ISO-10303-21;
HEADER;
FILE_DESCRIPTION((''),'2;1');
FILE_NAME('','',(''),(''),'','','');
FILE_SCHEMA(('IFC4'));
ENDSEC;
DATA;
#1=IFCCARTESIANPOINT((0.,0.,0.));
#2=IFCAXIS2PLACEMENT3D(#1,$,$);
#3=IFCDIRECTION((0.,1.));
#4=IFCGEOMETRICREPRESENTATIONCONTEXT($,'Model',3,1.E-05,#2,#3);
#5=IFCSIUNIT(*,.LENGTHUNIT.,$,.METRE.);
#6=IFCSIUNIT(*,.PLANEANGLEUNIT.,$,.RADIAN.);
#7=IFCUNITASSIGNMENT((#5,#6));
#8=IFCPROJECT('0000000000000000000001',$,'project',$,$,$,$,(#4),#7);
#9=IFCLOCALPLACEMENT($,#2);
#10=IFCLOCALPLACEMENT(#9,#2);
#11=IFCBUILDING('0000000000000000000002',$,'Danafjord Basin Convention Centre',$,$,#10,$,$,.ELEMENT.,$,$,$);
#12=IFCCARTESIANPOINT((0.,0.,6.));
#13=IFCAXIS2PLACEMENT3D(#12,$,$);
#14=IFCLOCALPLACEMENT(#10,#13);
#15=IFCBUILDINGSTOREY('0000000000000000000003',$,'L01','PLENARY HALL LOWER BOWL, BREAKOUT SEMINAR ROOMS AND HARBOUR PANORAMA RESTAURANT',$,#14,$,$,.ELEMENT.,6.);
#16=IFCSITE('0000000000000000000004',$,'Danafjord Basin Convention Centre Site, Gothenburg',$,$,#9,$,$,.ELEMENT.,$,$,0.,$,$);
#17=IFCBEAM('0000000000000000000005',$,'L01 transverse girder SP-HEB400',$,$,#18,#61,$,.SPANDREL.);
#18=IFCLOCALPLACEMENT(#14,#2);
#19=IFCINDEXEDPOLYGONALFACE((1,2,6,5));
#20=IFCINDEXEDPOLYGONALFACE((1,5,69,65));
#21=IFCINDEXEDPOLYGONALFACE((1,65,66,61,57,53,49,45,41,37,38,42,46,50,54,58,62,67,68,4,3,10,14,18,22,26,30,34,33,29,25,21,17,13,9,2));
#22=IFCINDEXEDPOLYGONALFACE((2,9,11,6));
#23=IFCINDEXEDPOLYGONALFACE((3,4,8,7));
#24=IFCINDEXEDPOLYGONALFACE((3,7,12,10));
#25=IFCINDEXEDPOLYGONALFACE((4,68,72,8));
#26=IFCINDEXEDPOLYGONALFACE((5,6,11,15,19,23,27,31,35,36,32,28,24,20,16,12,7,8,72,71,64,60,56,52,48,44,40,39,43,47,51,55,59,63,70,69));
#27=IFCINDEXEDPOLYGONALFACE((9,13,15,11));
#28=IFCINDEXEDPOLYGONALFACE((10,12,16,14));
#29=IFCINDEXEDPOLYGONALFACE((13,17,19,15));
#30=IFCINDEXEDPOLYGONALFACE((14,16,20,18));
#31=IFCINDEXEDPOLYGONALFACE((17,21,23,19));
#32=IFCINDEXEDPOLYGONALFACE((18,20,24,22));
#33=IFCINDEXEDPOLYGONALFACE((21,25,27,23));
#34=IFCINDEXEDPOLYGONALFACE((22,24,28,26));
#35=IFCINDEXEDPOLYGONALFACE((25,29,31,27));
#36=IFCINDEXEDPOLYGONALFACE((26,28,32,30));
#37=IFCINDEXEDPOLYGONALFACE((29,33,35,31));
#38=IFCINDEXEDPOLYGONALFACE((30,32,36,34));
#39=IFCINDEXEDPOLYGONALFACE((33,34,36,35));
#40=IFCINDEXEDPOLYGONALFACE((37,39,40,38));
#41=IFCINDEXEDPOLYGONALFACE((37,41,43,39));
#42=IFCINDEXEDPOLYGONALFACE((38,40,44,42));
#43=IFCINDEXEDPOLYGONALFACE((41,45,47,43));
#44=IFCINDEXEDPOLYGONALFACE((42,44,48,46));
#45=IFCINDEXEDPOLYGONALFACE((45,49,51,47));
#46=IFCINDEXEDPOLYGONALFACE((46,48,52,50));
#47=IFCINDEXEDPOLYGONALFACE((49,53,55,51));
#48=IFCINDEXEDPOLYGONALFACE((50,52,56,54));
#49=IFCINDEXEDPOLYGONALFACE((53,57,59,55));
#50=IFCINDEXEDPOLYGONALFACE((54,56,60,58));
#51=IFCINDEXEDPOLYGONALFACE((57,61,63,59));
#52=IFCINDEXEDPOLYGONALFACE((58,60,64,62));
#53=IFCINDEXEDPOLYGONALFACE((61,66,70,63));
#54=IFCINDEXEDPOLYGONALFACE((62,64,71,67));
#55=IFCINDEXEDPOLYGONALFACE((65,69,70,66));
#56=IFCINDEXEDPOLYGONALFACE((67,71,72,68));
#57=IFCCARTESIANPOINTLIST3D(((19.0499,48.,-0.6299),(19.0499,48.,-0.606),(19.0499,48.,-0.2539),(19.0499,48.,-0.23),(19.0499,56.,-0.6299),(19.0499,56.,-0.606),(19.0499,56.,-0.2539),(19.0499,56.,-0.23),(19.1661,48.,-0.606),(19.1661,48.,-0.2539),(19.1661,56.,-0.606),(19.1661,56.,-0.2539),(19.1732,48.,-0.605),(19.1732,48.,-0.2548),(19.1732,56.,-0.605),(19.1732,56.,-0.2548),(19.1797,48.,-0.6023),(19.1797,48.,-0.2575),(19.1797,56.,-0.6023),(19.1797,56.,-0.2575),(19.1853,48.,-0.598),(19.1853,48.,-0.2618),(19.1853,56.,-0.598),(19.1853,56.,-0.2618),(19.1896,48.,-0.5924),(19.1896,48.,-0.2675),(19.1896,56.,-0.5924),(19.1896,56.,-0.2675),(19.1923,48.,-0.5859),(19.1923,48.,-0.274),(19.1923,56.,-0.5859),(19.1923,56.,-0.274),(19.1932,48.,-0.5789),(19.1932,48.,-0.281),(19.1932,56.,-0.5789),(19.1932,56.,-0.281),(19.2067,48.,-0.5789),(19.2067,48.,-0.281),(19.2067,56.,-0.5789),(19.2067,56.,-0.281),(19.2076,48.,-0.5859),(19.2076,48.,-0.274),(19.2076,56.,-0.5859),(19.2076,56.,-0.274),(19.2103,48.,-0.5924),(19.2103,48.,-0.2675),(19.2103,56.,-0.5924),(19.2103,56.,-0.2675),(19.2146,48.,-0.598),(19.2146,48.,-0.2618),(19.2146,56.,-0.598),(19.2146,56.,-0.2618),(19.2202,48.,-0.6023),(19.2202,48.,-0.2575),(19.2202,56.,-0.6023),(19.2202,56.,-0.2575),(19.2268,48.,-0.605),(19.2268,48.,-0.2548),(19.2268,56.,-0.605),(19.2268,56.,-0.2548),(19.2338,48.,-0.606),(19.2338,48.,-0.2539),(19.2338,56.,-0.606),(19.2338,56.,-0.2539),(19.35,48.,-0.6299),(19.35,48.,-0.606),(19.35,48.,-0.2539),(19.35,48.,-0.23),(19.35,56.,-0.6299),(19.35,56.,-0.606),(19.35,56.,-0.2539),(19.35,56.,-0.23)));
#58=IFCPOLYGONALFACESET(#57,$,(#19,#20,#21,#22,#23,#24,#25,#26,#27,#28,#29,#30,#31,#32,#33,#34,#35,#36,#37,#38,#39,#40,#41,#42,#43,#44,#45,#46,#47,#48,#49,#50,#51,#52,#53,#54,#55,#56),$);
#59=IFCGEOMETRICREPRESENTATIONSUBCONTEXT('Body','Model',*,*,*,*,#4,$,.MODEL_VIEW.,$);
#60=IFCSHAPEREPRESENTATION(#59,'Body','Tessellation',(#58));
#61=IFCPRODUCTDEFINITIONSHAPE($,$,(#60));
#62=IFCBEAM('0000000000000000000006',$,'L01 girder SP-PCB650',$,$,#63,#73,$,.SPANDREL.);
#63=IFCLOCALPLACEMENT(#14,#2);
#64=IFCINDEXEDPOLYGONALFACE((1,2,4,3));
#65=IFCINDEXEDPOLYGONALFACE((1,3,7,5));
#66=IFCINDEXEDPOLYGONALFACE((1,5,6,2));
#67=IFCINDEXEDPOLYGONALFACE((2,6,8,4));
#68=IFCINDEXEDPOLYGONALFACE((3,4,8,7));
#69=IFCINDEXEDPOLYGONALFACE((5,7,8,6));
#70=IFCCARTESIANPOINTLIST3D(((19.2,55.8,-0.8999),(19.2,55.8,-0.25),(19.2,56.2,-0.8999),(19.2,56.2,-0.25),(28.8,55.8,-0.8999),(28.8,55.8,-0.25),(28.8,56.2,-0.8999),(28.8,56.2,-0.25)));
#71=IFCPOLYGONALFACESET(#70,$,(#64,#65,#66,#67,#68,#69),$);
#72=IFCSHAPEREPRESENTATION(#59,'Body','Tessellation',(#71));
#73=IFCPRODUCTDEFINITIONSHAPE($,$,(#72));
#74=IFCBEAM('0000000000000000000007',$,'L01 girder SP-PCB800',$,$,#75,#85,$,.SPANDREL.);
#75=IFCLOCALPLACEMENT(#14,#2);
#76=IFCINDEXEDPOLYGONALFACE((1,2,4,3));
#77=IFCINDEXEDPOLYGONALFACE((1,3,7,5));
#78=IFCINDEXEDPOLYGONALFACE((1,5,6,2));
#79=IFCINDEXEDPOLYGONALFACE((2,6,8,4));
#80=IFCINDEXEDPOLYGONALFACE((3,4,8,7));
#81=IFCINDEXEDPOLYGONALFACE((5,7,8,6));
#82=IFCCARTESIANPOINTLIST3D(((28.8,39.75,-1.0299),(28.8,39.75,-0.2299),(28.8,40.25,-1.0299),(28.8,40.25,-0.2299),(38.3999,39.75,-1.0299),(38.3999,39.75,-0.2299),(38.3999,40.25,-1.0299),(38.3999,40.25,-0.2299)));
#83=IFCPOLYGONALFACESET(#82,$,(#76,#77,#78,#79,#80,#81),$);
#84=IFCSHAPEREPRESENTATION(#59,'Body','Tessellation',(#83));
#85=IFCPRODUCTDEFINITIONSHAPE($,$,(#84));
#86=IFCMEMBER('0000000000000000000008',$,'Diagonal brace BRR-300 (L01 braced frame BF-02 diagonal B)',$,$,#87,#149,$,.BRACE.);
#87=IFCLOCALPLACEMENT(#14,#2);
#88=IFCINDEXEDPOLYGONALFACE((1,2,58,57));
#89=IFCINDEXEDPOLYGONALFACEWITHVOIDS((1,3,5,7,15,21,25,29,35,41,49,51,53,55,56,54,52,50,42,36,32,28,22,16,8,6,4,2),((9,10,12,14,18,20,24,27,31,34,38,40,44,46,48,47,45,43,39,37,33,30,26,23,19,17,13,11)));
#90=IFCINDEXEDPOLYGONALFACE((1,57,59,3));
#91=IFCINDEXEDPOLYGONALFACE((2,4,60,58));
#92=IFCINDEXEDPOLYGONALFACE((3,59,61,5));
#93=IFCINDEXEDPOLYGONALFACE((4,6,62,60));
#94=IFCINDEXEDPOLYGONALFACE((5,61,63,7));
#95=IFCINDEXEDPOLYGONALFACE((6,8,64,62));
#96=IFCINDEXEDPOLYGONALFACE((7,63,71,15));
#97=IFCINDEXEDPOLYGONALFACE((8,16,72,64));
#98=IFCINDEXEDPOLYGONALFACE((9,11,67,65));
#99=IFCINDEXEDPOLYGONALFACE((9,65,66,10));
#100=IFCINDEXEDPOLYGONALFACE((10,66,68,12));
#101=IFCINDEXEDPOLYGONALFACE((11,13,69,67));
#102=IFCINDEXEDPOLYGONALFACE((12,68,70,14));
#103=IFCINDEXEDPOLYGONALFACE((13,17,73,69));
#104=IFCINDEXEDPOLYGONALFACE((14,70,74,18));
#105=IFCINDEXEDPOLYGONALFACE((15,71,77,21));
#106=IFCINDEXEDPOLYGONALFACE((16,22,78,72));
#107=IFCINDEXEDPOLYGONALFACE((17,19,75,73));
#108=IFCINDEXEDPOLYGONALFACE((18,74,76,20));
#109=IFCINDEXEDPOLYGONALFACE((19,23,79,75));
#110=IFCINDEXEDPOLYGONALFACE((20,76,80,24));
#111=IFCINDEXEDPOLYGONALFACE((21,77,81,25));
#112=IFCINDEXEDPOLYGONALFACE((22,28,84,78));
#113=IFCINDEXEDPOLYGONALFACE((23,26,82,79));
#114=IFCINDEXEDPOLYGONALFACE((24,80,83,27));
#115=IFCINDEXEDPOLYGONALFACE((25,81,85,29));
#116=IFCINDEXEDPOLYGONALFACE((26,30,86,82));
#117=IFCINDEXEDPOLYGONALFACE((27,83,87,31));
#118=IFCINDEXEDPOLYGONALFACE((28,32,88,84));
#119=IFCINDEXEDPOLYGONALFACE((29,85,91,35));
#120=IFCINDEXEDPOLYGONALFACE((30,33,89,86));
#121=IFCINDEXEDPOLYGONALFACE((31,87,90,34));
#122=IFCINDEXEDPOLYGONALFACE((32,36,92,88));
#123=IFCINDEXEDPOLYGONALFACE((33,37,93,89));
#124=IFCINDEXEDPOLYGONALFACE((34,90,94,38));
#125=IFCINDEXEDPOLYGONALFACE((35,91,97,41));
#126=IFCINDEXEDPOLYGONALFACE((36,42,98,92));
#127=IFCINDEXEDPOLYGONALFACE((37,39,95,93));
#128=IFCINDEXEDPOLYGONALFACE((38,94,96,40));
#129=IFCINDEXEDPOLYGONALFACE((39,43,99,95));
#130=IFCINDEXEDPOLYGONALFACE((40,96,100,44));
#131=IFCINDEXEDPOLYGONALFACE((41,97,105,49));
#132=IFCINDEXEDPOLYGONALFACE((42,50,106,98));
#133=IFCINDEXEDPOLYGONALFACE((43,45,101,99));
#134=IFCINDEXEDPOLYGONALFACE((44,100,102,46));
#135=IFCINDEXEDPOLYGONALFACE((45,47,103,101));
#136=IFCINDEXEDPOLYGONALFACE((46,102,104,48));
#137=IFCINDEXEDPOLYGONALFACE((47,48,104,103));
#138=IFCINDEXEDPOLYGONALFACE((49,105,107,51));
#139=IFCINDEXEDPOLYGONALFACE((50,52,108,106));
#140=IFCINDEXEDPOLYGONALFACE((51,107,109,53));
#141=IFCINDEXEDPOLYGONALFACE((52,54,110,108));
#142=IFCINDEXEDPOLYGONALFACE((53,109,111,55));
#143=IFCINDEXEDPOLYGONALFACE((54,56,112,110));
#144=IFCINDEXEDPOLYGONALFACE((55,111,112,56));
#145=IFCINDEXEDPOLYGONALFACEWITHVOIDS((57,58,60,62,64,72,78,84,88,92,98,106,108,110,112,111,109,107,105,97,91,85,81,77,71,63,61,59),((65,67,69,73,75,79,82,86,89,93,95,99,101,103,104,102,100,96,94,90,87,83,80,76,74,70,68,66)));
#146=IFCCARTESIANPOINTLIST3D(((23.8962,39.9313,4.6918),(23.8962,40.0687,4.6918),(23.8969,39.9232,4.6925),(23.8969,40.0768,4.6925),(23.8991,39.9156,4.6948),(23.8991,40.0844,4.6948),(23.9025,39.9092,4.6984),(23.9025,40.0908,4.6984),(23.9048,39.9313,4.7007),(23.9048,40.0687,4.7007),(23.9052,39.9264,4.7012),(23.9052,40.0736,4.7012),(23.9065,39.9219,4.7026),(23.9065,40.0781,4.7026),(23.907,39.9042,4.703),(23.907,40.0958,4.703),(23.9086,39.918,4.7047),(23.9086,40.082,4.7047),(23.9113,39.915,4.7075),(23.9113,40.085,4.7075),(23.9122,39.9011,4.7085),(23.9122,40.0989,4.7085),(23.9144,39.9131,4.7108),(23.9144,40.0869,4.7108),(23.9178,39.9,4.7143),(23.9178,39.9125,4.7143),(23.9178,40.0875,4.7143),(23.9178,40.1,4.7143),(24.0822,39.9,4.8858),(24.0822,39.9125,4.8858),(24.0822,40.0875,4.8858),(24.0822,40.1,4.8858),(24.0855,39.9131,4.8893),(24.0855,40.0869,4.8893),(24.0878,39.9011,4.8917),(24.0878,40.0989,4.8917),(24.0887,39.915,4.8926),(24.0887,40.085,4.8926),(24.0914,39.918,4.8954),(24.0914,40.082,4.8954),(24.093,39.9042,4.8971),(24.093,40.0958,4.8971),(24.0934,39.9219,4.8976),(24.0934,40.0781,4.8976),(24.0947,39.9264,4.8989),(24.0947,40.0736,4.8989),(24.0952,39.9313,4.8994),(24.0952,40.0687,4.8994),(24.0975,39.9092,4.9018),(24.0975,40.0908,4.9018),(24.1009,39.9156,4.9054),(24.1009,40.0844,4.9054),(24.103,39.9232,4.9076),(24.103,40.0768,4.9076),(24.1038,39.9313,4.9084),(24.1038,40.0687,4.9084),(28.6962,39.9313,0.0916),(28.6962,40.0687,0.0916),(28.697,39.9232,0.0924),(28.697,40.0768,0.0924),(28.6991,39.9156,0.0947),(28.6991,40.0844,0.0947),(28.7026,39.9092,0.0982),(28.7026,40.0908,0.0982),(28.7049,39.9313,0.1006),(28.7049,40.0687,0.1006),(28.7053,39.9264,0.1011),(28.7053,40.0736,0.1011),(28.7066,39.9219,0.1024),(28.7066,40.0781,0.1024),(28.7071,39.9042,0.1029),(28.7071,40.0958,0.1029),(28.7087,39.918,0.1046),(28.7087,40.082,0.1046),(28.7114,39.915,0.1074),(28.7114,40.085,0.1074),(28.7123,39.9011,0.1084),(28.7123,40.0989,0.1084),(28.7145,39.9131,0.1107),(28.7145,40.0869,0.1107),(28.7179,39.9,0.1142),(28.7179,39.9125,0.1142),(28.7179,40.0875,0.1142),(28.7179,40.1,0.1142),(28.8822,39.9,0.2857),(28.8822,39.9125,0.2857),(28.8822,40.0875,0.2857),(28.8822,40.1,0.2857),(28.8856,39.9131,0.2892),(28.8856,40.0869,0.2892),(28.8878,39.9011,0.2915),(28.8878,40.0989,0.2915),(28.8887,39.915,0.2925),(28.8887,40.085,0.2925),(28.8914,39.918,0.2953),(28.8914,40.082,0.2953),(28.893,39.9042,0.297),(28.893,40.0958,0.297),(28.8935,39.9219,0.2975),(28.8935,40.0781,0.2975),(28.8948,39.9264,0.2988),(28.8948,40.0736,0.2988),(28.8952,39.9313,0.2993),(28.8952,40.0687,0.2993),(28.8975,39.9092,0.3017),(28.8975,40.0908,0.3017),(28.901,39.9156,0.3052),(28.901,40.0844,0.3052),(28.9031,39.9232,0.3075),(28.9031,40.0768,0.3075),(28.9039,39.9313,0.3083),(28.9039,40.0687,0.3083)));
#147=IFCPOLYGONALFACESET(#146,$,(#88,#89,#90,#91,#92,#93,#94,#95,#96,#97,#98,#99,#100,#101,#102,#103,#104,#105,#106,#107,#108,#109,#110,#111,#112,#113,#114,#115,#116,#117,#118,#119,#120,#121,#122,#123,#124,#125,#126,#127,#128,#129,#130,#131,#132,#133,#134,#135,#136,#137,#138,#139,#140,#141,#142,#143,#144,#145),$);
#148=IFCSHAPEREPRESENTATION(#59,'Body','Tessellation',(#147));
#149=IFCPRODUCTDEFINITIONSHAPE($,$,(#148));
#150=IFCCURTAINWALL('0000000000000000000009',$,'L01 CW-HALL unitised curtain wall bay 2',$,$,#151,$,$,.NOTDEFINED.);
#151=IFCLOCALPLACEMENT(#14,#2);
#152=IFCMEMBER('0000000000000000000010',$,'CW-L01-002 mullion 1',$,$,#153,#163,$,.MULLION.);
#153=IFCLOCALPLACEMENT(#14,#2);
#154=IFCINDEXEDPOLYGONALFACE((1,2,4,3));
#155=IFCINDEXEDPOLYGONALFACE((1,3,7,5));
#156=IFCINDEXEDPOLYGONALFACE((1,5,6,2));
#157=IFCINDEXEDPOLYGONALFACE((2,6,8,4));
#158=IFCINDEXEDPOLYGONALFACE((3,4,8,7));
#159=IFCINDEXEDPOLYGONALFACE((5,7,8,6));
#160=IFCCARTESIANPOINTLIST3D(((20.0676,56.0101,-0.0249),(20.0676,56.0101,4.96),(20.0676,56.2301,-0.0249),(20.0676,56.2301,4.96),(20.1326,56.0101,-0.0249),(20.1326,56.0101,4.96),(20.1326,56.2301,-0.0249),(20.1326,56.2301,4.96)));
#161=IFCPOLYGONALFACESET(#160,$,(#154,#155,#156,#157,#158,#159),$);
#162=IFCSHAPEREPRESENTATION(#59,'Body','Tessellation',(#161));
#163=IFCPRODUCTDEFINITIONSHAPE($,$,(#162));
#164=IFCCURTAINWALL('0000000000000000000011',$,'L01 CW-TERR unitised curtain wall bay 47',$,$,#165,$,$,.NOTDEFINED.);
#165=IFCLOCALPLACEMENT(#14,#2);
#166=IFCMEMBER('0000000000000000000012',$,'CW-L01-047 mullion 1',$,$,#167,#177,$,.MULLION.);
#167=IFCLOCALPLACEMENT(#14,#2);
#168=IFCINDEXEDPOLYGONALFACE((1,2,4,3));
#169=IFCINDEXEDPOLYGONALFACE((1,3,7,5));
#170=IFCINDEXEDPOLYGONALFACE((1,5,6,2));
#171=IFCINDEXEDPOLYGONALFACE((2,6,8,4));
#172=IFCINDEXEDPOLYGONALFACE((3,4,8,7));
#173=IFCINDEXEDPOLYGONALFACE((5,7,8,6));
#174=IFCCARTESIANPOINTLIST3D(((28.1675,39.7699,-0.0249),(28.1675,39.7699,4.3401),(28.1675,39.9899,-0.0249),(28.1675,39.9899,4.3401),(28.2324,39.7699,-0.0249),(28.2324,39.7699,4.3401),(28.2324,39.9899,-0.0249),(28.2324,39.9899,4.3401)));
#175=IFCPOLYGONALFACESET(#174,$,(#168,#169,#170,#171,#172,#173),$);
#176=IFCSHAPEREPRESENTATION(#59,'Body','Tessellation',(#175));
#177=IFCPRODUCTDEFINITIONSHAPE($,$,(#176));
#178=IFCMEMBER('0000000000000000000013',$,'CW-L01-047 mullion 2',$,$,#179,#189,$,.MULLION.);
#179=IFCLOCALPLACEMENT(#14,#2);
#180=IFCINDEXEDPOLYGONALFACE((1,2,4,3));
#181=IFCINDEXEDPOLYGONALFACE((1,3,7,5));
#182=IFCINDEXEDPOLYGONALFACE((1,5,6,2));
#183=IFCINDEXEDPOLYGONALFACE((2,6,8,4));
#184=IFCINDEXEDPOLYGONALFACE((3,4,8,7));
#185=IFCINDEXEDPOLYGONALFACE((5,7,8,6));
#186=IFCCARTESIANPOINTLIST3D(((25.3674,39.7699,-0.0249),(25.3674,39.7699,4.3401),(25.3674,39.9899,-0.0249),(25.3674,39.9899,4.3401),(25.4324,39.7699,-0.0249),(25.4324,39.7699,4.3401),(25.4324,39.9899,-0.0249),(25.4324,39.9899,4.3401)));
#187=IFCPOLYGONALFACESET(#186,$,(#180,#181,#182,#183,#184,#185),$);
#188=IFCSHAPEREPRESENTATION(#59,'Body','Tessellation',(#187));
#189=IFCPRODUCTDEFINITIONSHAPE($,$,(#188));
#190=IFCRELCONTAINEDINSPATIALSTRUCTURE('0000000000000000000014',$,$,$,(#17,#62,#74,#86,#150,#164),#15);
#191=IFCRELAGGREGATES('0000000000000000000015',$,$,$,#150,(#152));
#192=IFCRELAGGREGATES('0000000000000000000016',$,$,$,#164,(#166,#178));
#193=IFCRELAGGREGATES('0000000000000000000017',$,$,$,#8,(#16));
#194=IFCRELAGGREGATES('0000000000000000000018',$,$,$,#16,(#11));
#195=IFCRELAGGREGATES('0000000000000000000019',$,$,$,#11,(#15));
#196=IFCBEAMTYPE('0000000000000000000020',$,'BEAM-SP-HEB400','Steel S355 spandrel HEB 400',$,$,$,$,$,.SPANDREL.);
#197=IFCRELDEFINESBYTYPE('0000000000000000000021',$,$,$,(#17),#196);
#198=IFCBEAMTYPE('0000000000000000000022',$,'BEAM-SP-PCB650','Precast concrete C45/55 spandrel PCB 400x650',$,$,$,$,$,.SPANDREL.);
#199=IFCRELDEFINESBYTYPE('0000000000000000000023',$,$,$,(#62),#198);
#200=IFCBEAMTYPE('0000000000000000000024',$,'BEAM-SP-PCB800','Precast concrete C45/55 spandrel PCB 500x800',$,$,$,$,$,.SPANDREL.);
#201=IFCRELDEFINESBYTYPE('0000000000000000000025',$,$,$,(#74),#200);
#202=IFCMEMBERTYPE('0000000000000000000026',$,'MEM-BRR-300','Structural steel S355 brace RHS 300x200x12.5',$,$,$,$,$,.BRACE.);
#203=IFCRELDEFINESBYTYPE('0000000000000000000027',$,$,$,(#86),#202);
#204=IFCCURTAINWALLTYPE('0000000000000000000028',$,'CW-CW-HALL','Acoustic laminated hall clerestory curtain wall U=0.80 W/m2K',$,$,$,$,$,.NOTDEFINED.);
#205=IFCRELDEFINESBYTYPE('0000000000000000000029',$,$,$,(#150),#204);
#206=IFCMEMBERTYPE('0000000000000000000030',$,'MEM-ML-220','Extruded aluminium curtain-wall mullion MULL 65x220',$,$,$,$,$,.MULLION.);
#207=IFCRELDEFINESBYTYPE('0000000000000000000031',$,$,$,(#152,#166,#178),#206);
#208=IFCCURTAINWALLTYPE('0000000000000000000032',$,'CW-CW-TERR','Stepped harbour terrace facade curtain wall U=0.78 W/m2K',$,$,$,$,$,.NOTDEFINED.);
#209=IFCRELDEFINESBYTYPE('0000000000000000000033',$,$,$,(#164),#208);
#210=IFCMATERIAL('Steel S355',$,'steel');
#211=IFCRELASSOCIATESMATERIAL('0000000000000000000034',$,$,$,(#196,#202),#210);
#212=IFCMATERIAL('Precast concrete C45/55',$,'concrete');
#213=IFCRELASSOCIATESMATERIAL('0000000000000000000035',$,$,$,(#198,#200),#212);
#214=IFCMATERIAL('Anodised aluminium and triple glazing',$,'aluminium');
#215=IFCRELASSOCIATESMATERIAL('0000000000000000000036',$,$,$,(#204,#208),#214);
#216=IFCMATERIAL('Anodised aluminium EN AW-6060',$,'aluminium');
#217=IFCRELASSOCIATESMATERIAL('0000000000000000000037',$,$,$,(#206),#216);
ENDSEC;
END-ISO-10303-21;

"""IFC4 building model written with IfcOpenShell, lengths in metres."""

from ifc_helpers import new_model, si_unit, direction, frame, origin, origin_2d, place, context, subcontext, project, spatial, rectangle, hollow_rectangle, i_section, extrude, material, material_profile, profile_set, type_object, element, aggregate, save


model = new_model("IFC4")

# Units and contexts
model_context = context("Model", 3, precision=1e-05, world=origin(), true_north=direction((0.0, 1.0)))
body_context = subcontext(model_context, "Body", "Model", "MODEL_VIEW")
ifc_project = project(units=[si_unit("LENGTHUNIT", "METRE"), si_unit("PLANEANGLEUNIT", "RADIAN")], contexts=[model_context])

# Site, building, storey
site_placement = place(None, origin())
site = spatial("IfcSite", under=ifc_project, at=site_placement, Name="Danafjord Basin Convention Centre Site, Gothenburg", CompositionType="ELEMENT", RefElevation=0.0)
building_placement = place(site_placement, origin())
building = spatial("IfcBuilding", under=site, at=building_placement, Name="Danafjord Basin Convention Centre", CompositionType="ELEMENT")
storey_placement = place(building_placement, frame((0.0, 0.0, 6.0)))
storey = spatial("IfcBuildingStorey", under=building, at=storey_placement, Name="L01", Description="PLENARY HALL LOWER BOWL, BREAKOUT SEMINAR ROOMS AND HARBOUR PANORAMA RESTAURANT", CompositionType="ELEMENT", Elevation=6.0)

# Shared definitions
ifc_material_1 = material(Name="Steel S355", Category="steel")

# Beams
ifc_material_profile_1 = material_profile(ifc_material_1, i_section(OverallWidth=0.3, OverallDepth=0.3999, WebThickness=0.0134, FlangeThickness=0.0239, FilletRadius=0.0271, at=origin_2d()), Name="HEB 400")
ifc_profile_set_1 = profile_set([ifc_material_profile_1], Name="Steel S355")
beam_type_1 = type_object("IfcBeamType", Name="BEAM-SP-HEB400", Description="Steel S355 spandrel HEB 400", PredefinedType="SPANDREL", material=ifc_profile_set_1)
beam_1_placement = place(storey_placement, frame((19.2, 48.0, -0.4299), z_axis=(0.0, 1.0, 0.0), x_axis=(-1.0, 0.0, 0.0)))
element("IfcBeam", 1, at=beam_1_placement, inside=storey, type_object=beam_type_1, Name="L01 transverse girder SP-HEB400", PredefinedType="SPANDREL", context=body_context, shape_type="SweptSolid", body=[
    extrude(i_section(OverallWidth=0.3, OverallDepth=0.3999, WebThickness=0.0134, FlangeThickness=0.0239, FilletRadius=0.0271, at=origin_2d()), origin(), (0.0, 0.0, 1.0), 8.0),
])
ifc_material_2 = material(Name="Precast concrete C45/55", Category="concrete")
ifc_material_profile_2 = material_profile(ifc_material_2, rectangle(XDim=0.3999, YDim=0.6499, at=origin_2d()), Name="PCB 400x650")
ifc_profile_set_2 = profile_set([ifc_material_profile_2], Name="Precast concrete C45/55")
beam_type_2 = type_object("IfcBeamType", Name="BEAM-SP-PCB650", Description="Precast concrete C45/55 spandrel PCB 400x650", PredefinedType="SPANDREL", material=ifc_profile_set_2)
beam_2_placement = place(storey_placement, frame((19.2, 56.0, -0.575), z_axis=(1.0, 0.0, 0.0), x_axis=(0.0, 1.0, 0.0)))
element("IfcBeam", 2, at=beam_2_placement, inside=storey, type_object=beam_type_2, Name="L01 girder SP-PCB650", PredefinedType="SPANDREL", context=body_context, shape_type="SweptSolid", body=[
    extrude(rectangle(XDim=0.3999, YDim=0.6499, at=origin_2d()), origin(), (0.0, 0.0, 1.0), 9.6001),
])
ifc_material_profile_3 = material_profile(ifc_material_2, rectangle(XDim=0.5, YDim=0.8, at=origin_2d()), Name="PCB 500x800")
ifc_profile_set_3 = profile_set([ifc_material_profile_3], Name="Precast concrete C45/55")
beam_type_3 = type_object("IfcBeamType", Name="BEAM-SP-PCB800", Description="Precast concrete C45/55 spandrel PCB 500x800", PredefinedType="SPANDREL", material=ifc_profile_set_3)
beam_3_placement = place(storey_placement, frame((28.8, 40.0, -0.6299), z_axis=(1.0, 0.0, 0.0), x_axis=(0.0, 1.0, 0.0)))
element("IfcBeam", 3, at=beam_3_placement, inside=storey, type_object=beam_type_3, Name="L01 girder SP-PCB800", PredefinedType="SPANDREL", context=body_context, shape_type="SweptSolid", body=[
    extrude(rectangle(XDim=0.5, YDim=0.8, at=origin_2d()), origin(), (0.0, 0.0, 1.0), 9.5999),
])

# Member
ifc_material_profile_4 = material_profile(ifc_material_1, hollow_rectangle(XDim=0.2, YDim=0.3, WallThickness=0.0125, InnerFilletRadius=0.0188, OuterFilletRadius=0.0312, at=origin_2d()), Name="RHS 300x200x12.5")
ifc_profile_set_4 = profile_set([ifc_material_profile_4], Name="Steel S355")
member_type_1 = type_object("IfcMemberType", Name="MEM-BRR-300", Description="Structural steel S355 brace RHS 300x200x12.5", PredefinedType="BRACE", material=ifc_profile_set_4)
member_1_placement = place(storey_placement, frame((28.8, 40.0, 0.2), z_axis=(-0.721984, 0.0, 0.691909), x_axis=(0.0, -1.0, 0.0)))
element("IfcMember", 4, at=member_1_placement, inside=storey, type_object=member_type_1, Name="Diagonal brace BRR-300 (L01 braced frame BF-02 diagonal B)", PredefinedType="BRACE", context=body_context, shape_type="SweptSolid", body=[
    extrude(hollow_rectangle(XDim=0.2, YDim=0.3, WallThickness=0.0125, InnerFilletRadius=0.0188, OuterFilletRadius=0.0312, at=origin_2d()), origin(), (0.0, 0.0, 1.0), 6.6484),
])

# Curtain wall, member
ifc_material_3 = material(Name="Anodised aluminium and triple glazing", Category="aluminium")
curtain_wall_type_1 = type_object("IfcCurtainWallType", Name="CW-CW-HALL", Description="Acoustic laminated hall clerestory curtain wall U=0.80 W/m2K", PredefinedType="NOTDEFINED", material=ifc_material_3)
curtain_wall_1_placement = place(storey_placement, origin())
curtain_wall_1 = element("IfcCurtainWall", 5, at=curtain_wall_1_placement, inside=storey, type_object=curtain_wall_type_1, Name="L01 CW-HALL unitised curtain wall bay 2", PredefinedType="NOTDEFINED")
ifc_material_4 = material(Name="Anodised aluminium EN AW-6060", Category="aluminium")
ifc_material_profile_5 = material_profile(ifc_material_4, rectangle(XDim=0.0649, YDim=0.22, at=origin_2d()), Name="MULL 65x220")
ifc_profile_set_5 = profile_set([ifc_material_profile_5], Name="Anodised aluminium EN AW-6060")
member_type_2 = type_object("IfcMemberType", Name="MEM-ML-220", Description="Extruded aluminium curtain-wall mullion MULL 65x220", PredefinedType="MULLION", material=ifc_profile_set_5)
member_2_placement = place(storey_placement, frame((20.1001, 56.1201, -0.0249), z_axis=(0.0, 0.0, 1.0), x_axis=(1.0, 0.0, 0.0)))
member_2 = element("IfcMember", 6, at=member_2_placement, type_object=member_type_2, Name="CW-L01-002 mullion 1", PredefinedType="MULLION", context=body_context, shape_type="SweptSolid", body=[
    extrude(rectangle(XDim=0.0649, YDim=0.22, at=origin_2d()), origin(), (0.0, 0.0, 1.0), 4.9849),
])

# Curtain wall, members
curtain_wall_type_2 = type_object("IfcCurtainWallType", Name="CW-CW-TERR", Description="Stepped harbour terrace facade curtain wall U=0.78 W/m2K", PredefinedType="NOTDEFINED", material=ifc_material_3)
curtain_wall_2_placement = place(storey_placement, origin())
curtain_wall_2 = element("IfcCurtainWall", 7, at=curtain_wall_2_placement, inside=storey, type_object=curtain_wall_type_2, Name="L01 CW-TERR unitised curtain wall bay 47", PredefinedType="NOTDEFINED")
member_3_placement = place(storey_placement, frame((28.2, 39.8799, -0.0249), z_axis=(0.0, 0.0, 1.0), x_axis=(-1.0, 0.0, 0.0)))
member_3 = element("IfcMember", 8, at=member_3_placement, type_object=member_type_2, Name="CW-L01-047 mullion 1", PredefinedType="MULLION", context=body_context, shape_type="SweptSolid", body=[
    extrude(rectangle(XDim=0.0649, YDim=0.22, at=origin_2d()), origin(), (0.0, 0.0, 1.0), 4.365),
])
member_4_placement = place(storey_placement, frame((25.3999, 39.8799, -0.0249), z_axis=(0.0, 0.0, 1.0), x_axis=(-1.0, 0.0, 0.0)))
member_4 = element("IfcMember", 9, at=member_4_placement, type_object=member_type_2, Name="CW-L01-047 mullion 2", PredefinedType="MULLION", context=body_context, shape_type="SweptSolid", body=[
    extrude(rectangle(XDim=0.0649, YDim=0.22, at=origin_2d()), origin(), (0.0, 0.0, 1.0), 4.365),
])

aggregate(curtain_wall_1, [member_2])

aggregate(curtain_wall_2, [member_3, member_4])

save(model, "model.ifc")
